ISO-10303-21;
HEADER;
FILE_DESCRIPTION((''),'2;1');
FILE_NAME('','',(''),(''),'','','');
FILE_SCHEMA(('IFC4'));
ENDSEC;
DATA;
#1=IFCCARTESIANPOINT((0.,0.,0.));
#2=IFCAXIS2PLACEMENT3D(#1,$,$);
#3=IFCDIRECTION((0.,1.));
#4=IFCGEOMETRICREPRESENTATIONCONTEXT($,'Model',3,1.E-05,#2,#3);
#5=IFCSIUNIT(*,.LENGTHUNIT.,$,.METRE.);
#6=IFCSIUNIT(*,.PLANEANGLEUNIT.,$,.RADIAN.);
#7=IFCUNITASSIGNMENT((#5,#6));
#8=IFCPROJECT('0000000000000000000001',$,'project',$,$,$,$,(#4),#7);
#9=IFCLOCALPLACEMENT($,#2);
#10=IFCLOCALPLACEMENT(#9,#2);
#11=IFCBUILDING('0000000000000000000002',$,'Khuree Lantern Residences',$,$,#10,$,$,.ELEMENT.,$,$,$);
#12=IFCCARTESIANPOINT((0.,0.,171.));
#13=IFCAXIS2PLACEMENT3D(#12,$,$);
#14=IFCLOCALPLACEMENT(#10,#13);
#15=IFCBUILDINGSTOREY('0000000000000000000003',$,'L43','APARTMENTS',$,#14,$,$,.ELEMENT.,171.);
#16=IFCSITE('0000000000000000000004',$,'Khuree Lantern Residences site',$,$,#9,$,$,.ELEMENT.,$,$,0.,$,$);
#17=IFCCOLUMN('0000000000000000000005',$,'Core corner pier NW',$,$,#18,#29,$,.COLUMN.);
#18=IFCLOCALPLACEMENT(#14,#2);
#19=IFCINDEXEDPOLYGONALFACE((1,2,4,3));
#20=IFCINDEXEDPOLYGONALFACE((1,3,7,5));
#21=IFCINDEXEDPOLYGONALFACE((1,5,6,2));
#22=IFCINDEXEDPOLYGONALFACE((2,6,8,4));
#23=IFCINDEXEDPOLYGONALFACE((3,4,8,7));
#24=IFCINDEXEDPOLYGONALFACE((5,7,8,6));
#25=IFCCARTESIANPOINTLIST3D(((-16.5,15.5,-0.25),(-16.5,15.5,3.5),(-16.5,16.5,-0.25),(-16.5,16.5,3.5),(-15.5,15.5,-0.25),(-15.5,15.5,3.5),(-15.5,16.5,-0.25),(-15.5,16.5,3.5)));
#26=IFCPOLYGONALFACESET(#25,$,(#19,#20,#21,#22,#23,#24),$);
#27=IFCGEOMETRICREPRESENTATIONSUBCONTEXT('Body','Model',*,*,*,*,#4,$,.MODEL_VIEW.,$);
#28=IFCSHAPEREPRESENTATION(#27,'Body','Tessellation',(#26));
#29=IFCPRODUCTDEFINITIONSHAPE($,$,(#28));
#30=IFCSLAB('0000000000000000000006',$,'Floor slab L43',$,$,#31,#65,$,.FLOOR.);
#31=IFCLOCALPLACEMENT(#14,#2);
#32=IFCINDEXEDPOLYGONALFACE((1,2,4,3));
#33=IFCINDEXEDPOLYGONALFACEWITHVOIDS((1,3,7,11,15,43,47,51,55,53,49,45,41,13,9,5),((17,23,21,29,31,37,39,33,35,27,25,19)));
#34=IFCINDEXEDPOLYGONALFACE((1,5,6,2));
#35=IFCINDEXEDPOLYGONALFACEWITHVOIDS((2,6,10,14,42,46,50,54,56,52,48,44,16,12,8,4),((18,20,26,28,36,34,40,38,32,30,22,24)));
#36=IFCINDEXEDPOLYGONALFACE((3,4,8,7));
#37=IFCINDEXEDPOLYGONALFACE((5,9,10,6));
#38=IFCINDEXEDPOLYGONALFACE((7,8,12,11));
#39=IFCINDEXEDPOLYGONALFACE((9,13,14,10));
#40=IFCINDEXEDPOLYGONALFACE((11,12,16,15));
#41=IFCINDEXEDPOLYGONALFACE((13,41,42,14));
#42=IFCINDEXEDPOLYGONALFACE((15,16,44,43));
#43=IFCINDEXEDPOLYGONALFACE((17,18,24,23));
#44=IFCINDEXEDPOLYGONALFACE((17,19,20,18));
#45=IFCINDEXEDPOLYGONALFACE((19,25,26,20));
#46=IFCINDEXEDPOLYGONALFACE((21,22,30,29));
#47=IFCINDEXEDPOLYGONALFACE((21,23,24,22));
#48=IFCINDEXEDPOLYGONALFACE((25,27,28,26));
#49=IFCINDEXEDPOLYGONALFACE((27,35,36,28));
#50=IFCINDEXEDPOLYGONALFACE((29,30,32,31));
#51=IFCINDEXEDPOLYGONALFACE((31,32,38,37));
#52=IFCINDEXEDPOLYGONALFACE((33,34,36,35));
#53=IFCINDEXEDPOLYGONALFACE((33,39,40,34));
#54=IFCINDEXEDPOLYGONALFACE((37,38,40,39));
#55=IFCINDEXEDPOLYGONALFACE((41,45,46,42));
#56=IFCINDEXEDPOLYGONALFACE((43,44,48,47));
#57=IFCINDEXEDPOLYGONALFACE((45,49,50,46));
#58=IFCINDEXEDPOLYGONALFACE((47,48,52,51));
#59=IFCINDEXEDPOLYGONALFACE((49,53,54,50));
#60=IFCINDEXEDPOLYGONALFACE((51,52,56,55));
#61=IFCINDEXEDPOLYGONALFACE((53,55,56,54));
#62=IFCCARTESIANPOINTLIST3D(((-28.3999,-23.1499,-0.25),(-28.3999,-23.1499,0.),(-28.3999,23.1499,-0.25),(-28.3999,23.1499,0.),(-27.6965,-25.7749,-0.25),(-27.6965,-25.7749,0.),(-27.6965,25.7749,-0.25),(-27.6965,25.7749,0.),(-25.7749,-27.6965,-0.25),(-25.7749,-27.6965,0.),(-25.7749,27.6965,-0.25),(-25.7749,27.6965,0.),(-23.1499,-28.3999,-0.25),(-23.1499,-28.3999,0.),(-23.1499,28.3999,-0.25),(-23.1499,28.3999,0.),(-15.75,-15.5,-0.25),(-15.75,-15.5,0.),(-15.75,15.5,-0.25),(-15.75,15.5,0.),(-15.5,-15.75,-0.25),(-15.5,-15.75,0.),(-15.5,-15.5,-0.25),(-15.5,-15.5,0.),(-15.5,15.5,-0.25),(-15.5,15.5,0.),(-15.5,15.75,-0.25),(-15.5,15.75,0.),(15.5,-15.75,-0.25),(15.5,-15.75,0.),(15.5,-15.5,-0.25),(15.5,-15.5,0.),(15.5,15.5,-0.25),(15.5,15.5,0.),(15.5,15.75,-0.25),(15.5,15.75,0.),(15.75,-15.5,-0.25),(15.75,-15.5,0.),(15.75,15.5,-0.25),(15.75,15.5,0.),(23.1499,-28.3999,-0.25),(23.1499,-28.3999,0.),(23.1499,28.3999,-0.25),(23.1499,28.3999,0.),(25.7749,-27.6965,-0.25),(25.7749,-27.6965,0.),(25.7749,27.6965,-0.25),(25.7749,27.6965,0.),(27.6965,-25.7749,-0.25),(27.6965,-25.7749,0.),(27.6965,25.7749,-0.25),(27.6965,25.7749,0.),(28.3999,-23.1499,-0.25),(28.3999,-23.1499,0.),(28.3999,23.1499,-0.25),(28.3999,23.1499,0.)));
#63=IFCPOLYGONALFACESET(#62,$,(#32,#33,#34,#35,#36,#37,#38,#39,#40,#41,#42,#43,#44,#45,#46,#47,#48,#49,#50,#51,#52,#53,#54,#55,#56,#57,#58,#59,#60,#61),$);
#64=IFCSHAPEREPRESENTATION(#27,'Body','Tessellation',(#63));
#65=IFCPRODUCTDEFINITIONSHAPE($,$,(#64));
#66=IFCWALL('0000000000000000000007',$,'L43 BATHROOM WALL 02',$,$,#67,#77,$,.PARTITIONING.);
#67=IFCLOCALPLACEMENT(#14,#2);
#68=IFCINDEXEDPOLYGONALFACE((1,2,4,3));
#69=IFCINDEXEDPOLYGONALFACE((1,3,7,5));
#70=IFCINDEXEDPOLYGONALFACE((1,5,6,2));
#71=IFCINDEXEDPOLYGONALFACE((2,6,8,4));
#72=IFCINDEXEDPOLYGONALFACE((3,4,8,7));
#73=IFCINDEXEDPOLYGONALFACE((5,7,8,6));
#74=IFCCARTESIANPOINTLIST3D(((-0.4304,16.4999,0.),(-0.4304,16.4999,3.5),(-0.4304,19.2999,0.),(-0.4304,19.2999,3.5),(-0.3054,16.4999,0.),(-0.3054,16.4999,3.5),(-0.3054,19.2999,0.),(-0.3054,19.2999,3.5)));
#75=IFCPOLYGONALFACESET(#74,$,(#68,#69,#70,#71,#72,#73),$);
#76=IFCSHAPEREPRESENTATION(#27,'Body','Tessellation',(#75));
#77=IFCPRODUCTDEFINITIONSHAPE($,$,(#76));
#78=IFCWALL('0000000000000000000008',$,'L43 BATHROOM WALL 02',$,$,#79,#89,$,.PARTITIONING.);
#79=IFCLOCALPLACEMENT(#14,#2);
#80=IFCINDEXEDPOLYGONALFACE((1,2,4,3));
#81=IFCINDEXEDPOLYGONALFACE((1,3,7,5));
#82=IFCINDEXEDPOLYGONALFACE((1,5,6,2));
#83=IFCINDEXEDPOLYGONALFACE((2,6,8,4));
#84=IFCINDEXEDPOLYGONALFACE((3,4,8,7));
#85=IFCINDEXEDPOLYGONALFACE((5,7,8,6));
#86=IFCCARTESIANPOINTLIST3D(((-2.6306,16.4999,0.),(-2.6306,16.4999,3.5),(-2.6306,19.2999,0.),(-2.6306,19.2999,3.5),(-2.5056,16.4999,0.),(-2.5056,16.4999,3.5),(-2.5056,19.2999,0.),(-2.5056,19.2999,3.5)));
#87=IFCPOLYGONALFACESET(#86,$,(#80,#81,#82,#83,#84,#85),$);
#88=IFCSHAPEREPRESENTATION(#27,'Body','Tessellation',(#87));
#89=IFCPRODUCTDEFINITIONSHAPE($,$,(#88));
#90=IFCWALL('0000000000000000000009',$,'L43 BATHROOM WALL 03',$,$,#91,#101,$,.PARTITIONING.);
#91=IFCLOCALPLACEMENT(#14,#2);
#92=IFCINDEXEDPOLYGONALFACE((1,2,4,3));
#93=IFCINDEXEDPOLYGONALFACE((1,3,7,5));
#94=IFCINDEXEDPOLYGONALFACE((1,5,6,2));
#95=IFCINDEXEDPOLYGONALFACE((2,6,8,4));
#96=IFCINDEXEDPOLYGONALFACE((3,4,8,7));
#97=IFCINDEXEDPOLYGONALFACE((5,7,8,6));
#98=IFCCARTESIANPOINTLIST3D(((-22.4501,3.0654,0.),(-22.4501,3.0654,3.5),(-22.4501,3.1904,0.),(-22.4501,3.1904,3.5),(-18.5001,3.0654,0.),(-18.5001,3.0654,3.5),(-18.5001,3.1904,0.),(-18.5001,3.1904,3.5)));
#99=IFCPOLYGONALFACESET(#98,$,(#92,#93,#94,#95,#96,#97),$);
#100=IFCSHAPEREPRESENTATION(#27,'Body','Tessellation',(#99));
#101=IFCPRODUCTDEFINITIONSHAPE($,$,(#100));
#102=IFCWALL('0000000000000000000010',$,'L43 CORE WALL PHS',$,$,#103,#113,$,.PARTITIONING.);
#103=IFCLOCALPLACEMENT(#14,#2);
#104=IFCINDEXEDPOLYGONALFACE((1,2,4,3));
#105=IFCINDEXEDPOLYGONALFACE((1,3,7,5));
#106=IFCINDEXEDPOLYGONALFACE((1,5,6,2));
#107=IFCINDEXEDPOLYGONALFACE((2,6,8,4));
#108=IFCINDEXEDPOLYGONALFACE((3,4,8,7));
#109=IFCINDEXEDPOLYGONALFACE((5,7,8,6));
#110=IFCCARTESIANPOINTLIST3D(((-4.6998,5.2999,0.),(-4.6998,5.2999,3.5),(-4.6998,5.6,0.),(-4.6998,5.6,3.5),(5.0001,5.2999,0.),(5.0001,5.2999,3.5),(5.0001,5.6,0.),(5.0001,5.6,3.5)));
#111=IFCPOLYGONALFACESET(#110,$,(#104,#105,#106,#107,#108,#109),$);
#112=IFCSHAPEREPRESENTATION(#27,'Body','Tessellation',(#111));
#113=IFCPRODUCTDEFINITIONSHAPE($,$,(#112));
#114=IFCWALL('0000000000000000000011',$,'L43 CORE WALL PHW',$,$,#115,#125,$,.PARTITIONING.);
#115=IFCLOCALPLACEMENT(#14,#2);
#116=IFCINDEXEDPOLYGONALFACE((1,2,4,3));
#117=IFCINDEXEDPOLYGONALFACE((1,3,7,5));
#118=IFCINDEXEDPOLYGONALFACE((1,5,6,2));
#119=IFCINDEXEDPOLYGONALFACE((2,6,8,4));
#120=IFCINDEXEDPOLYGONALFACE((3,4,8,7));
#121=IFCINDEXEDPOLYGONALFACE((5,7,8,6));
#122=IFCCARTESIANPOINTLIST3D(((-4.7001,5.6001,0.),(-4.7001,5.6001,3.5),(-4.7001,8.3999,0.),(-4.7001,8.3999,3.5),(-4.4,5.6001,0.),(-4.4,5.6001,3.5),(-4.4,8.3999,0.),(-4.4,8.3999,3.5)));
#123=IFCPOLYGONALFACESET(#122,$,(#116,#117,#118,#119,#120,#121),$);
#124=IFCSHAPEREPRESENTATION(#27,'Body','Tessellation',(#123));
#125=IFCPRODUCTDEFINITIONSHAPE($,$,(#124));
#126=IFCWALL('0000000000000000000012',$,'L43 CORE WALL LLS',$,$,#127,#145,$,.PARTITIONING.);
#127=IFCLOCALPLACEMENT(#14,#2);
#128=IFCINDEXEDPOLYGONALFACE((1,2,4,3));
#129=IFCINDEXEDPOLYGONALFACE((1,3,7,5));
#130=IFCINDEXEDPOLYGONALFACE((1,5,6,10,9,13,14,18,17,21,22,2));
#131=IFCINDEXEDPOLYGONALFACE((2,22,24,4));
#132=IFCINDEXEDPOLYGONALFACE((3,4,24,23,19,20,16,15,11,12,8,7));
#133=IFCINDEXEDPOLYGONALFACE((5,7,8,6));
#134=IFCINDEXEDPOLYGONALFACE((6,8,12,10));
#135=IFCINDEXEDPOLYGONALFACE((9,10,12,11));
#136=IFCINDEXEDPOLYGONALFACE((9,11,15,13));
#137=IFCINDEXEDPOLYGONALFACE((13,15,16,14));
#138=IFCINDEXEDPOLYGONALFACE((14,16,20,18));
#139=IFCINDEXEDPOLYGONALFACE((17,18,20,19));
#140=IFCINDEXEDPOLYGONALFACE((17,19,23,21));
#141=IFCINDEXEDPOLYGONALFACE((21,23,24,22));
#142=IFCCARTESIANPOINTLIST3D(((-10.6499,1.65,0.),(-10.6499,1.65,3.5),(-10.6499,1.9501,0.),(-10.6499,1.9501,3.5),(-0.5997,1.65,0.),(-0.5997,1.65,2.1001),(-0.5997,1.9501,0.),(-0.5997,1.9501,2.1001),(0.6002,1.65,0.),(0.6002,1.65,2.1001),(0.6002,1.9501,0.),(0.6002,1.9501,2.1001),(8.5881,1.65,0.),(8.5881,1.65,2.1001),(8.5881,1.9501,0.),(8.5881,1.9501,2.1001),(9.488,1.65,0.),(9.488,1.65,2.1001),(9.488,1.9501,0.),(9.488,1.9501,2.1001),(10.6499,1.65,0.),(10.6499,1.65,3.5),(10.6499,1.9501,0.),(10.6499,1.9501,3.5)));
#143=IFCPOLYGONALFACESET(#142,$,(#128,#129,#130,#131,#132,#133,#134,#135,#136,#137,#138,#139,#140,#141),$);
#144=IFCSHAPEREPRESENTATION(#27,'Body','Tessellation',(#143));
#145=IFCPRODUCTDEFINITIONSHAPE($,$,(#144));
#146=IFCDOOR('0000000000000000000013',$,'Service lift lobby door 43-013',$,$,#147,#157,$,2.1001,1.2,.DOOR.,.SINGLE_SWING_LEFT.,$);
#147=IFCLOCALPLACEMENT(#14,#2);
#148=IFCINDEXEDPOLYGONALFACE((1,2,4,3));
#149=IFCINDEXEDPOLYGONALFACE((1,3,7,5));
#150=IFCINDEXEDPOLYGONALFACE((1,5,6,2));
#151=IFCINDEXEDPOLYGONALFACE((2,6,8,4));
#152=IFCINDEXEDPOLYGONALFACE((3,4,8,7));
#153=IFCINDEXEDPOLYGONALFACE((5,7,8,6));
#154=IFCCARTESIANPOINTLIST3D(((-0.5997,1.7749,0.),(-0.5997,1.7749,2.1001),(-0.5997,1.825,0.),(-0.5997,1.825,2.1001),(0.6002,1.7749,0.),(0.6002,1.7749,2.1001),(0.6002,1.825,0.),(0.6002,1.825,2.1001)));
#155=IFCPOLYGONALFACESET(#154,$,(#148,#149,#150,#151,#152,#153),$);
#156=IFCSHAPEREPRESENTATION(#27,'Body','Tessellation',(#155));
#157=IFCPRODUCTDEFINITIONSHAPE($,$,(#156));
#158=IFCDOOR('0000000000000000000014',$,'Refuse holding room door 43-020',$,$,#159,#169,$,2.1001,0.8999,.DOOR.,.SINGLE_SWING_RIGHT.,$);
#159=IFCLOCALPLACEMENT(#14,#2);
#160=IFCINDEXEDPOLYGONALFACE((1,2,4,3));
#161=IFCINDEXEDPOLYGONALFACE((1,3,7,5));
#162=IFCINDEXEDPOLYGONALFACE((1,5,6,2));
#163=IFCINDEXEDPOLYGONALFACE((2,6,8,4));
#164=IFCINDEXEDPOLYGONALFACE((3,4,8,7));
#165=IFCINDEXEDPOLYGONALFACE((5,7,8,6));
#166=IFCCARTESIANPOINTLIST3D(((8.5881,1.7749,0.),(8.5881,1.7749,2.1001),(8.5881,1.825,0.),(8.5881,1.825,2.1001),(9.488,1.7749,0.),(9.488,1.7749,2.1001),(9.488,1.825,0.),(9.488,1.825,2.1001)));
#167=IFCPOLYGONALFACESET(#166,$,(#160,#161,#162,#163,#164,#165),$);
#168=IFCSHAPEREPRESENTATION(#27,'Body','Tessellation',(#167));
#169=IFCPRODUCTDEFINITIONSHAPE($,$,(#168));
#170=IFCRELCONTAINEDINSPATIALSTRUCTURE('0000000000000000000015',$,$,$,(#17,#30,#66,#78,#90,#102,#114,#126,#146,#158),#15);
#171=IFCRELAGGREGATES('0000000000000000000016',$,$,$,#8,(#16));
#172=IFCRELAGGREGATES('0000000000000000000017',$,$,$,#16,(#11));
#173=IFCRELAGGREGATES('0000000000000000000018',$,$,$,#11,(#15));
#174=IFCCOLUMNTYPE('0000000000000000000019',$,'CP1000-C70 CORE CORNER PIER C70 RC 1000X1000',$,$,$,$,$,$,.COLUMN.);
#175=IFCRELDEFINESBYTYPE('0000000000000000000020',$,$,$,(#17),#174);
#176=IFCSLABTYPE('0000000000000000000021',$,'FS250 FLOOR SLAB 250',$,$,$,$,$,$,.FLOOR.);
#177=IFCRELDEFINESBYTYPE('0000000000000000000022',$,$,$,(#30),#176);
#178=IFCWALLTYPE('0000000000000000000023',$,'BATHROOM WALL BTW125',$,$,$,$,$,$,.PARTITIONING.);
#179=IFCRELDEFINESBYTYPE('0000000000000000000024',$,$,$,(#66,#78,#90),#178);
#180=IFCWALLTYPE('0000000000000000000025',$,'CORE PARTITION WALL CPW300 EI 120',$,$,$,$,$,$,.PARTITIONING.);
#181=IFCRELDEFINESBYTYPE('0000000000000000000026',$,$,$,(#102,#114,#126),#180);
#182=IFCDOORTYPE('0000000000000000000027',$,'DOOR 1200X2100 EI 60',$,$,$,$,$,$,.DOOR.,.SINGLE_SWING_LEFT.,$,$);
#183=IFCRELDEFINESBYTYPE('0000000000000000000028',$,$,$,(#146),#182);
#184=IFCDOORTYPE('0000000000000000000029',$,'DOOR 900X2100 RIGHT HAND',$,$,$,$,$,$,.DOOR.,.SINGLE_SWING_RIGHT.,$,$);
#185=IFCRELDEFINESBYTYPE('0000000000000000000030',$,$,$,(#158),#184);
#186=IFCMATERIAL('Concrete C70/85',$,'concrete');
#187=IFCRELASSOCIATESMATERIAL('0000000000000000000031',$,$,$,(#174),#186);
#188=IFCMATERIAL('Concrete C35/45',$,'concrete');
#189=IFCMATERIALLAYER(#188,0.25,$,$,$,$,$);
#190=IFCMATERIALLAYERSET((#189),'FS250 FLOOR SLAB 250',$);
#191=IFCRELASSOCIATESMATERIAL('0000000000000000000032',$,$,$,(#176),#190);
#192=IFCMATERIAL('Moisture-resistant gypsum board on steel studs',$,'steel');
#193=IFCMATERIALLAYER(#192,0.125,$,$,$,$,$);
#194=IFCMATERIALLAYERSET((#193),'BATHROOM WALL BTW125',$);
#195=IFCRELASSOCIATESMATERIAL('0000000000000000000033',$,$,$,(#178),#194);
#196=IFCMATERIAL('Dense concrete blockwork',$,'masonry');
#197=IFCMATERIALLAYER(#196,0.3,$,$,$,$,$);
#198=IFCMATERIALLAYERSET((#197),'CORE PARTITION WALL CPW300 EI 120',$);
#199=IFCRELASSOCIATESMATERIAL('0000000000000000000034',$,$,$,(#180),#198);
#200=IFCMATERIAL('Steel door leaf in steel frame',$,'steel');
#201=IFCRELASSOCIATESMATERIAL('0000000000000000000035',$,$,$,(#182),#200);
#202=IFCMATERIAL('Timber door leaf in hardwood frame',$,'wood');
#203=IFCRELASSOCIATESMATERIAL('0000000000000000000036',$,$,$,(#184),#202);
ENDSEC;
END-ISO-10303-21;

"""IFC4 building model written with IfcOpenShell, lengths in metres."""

from ifc_helpers import new_model, si_unit, direction, frame, frame_2d, origin, origin_2d, place, context, subcontext, project, spatial, polyline, rectangle, outline, extrude, material, layer, layer_set, material_profile, profile_set, type_object, element, fill, save


model = new_model("IFC4")

# Units and contexts
model_context = context("Model", 3, precision=1e-05, world=origin(), true_north=direction((0.0, 1.0)))
body_context = subcontext(model_context, "Body", "Model", "MODEL_VIEW")
ifc_project = project(units=[si_unit("LENGTHUNIT", "METRE"), si_unit("PLANEANGLEUNIT", "RADIAN")], contexts=[model_context])

# Site, building, storey
site_placement = place(None, origin())
site = spatial("IfcSite", under=ifc_project, at=site_placement, Name="Khuree Lantern Residences site", CompositionType="ELEMENT", RefElevation=0.0)
building_placement = place(site_placement, origin())
building = spatial("IfcBuilding", under=site, at=building_placement, Name="Khuree Lantern Residences", CompositionType="ELEMENT")
storey_placement = place(building_placement, frame((0.0, 0.0, 171.0)))
storey = spatial("IfcBuildingStorey", under=building, at=storey_placement, Name="L43", Description="APARTMENTS", CompositionType="ELEMENT", Elevation=171.0)

# Column
ifc_material_1 = material(Name="Concrete C70/85", Category="concrete")
ifc_material_profile = material_profile(ifc_material_1, rectangle(XDim=1.0, YDim=1.0, at=origin_2d()), Name="RC 1000X1000")
ifc_profile_set = profile_set([ifc_material_profile], Name="Concrete C70/85")
column_type = type_object("IfcColumnType", Name="CP1000-C70 CORE CORNER PIER C70 RC 1000X1000", PredefinedType="COLUMN", material=ifc_profile_set)
column_placement = place(storey_placement, frame((-16.0, 16.0, -0.25), z_axis=(0.0, 0.0, 1.0), x_axis=(1.0, 0.0, 0.0)))
element("IfcColumn", 1, at=column_placement, inside=storey, type_object=column_type, Name="Core corner pier NW", PredefinedType="COLUMN", context=body_context, shape_type="SweptSolid", body=[
    extrude(rectangle(XDim=1.0, YDim=1.0, at=origin_2d()), origin(), (0.0, 0.0, 1.0), 3.75),
])

# Slab
ifc_material_2 = material(Name="Concrete C35/45", Category="concrete")
ifc_layer_1 = layer(ifc_material_2, 0.25)
ifc_layer_set_1 = layer_set([ifc_layer_1], Name="FS250 FLOOR SLAB 250")
slab_type = type_object("IfcSlabType", Name="FS250 FLOOR SLAB 250", PredefinedType="FLOOR", material=ifc_layer_set_1)
slab_placement = place(storey_placement, frame((0.0, 0.0, -0.25)))
element("IfcSlab", 2, at=slab_placement, inside=storey, type_object=slab_type, Name="Floor slab L43", PredefinedType="FLOOR", context=body_context, shape_type="SweptSolid", body=[
    extrude(outline(polyline([(-25.7749, -27.6965), (-27.6965, -25.7749), (-28.3999, -23.1499), (-28.3999, 23.1499), (-27.6965, 25.7749), (-25.7749, 27.6965), (-23.1499, 28.3999), (23.1499, 28.3999), (25.7749, 27.6965), (27.6965, 25.7749), (28.3999, 23.1499), (28.3999, -23.1499), (27.6965, -25.7749), (25.7749, -27.6965), (23.1499, -28.3999), (-23.1499, -28.3999), (-25.7749, -27.6965)]), holes=[polyline([(15.75, 15.5), (15.5, 15.5), (15.5, 15.75), (-15.5, 15.75), (-15.5, 15.5), (-15.75, 15.5), (-15.75, -15.5), (-15.5, -15.5), (-15.5, -15.75), (15.5, -15.75), (15.5, -15.5), (15.75, -15.5), (15.75, 15.5)])]), origin(), (0.0, 0.0, 1.0), 0.25),
])

# Walls
ifc_material_3 = material(Name="Moisture-resistant gypsum board on steel studs", Category="steel")
ifc_layer_2 = layer(ifc_material_3, 0.125)
ifc_layer_set_2 = layer_set([ifc_layer_2], Name="BATHROOM WALL BTW125")
wall_type_1 = type_object("IfcWallType", Name="BATHROOM WALL BTW125", PredefinedType="PARTITIONING", material=ifc_layer_set_2)
for number, where, z_axis, x_axis, name in (
    (3, (-0.3679, 16.5, 0.0), (0.0, 0.0, 1.0), (0.0, 1.0, 0.0), "L43 BATHROOM WALL 02"),
    (4, (-2.5681, 16.5, 0.0), (0.0, 0.0, 1.0), (0.0, 1.0, 0.0), "L43 BATHROOM WALL 02"),
):
    element("IfcWall", number, at=place(storey_placement, frame(where, z_axis=z_axis, x_axis=x_axis)), inside=storey, type_object=wall_type_1, Name=name, PredefinedType="PARTITIONING", context=body_context, shape_type="SweptSolid", body=[
        extrude(rectangle(XDim=2.8, YDim=0.125, at=frame_2d((1.3999, 0.0))), origin(), (0.0, 0.0, 1.0), 3.5),
    ])
wall_1_placement = place(storey_placement, frame((-18.5, 3.1279, 0.0), z_axis=(0.0, 0.0, 1.0), x_axis=(-1.0, 0.0, 0.0)))
element("IfcWall", 5, at=wall_1_placement, inside=storey, type_object=wall_type_1, Name="L43 BATHROOM WALL 03", PredefinedType="PARTITIONING", context=body_context, shape_type="SweptSolid", body=[
    extrude(rectangle(XDim=3.95, YDim=0.125, at=frame_2d((1.9751, 0.0))), origin(), (0.0, 0.0, 1.0), 3.5),
])
ifc_material_4 = material(Name="Dense concrete blockwork", Category="masonry")
ifc_layer_3 = layer(ifc_material_4, 0.3)
ifc_layer_set_3 = layer_set([ifc_layer_3], Name="CORE PARTITION WALL CPW300 EI 120")
wall_type_2 = type_object("IfcWallType", Name="CORE PARTITION WALL CPW300 EI 120", PredefinedType="PARTITIONING", material=ifc_layer_set_3)
wall_2_placement = place(storey_placement, frame((-4.7, 5.45, 0.0), z_axis=(0.0, 0.0, 1.0), x_axis=(1.0, 0.0, 0.0)))
element("IfcWall", 6, at=wall_2_placement, inside=storey, type_object=wall_type_2, Name="L43 CORE WALL PHS", PredefinedType="PARTITIONING", context=body_context, shape_type="SweptSolid", body=[
    extrude(rectangle(XDim=9.7, YDim=0.3, at=frame_2d((4.8501, 0.0))), origin(), (0.0, 0.0, 1.0), 3.5),
])
wall_3_placement = place(storey_placement, frame((-4.55, 5.6001, 0.0), z_axis=(0.0, 0.0, 1.0), x_axis=(0.0, 1.0, 0.0)))
element("IfcWall", 7, at=wall_3_placement, inside=storey, type_object=wall_type_2, Name="L43 CORE WALL PHW", PredefinedType="PARTITIONING", context=body_context, shape_type="SweptSolid", body=[
    extrude(rectangle(XDim=2.7998, YDim=0.3, at=frame_2d((1.3999, 0.0))), origin(), (0.0, 0.0, 1.0), 3.5),
])

# Wall, openings, doors
wall_4_placement = place(storey_placement, frame((-10.6499, 1.8, 0.0), z_axis=(0.0, 0.0, 1.0), x_axis=(1.0, 0.0, 0.0)))
wall_4 = element("IfcWall", 8, at=wall_4_placement, inside=storey, type_object=wall_type_2, Name="L43 CORE WALL LLS", PredefinedType="PARTITIONING", context=body_context, shape_type="SweptSolid", body=[
    extrude(rectangle(XDim=21.2998, YDim=0.3, at=frame_2d((10.6499, 0.0))), origin(), (0.0, 0.0, 1.0), 3.5),
])
opening_1_placement = place(wall_4_placement, frame((10.05, 0.0, 0.0)))
opening_1 = element("IfcOpeningElement", 9, at=opening_1_placement, cuts=wall_4, PredefinedType="OPENING", context=body_context, shape_type="SweptSolid", body=[
    extrude(rectangle(XDim=1.2, YDim=2.1001, at=frame_2d((0.6001, 1.05))), frame((0.0, 0.1602, 0.0), z_axis=(0.0, -1.0, 0.0), x_axis=(1.0, 0.0, 0.0)), (0.0, 0.0, 1.0), 0.3201),
])
opening_2_placement = place(wall_4_placement, frame((19.238, 0.0, 0.0)))
opening_2 = element("IfcOpeningElement", 10, at=opening_2_placement, cuts=wall_4, PredefinedType="OPENING", context=body_context, shape_type="SweptSolid", body=[
    extrude(rectangle(XDim=0.8999, YDim=2.1001, at=frame_2d((0.45, 1.05))), frame((0.0, 0.1602, 0.0), z_axis=(0.0, -1.0, 0.0), x_axis=(1.0, 0.0, 0.0)), (0.0, 0.0, 1.0), 0.3201),
])
ifc_material_5 = material(Name="Steel door leaf in steel frame", Category="steel")
door_type_1 = type_object("IfcDoorType", Name="DOOR 1200X2100 EI 60", OperationType="SINGLE_SWING_LEFT", PredefinedType="DOOR", material=ifc_material_5)
door_1_placement = place(opening_1_placement, origin())
door_1 = element("IfcDoor", 11, at=door_1_placement, inside=storey, type_object=door_type_1, Name="Service lift lobby door 43-013", OperationType="SINGLE_SWING_LEFT", OverallHeight=2.1001, OverallWidth=1.2, PredefinedType="DOOR", context=body_context, shape_type="SweptSolid", body=[
    extrude(rectangle(XDim=1.2, YDim=2.1001, at=frame_2d((0.6001, 1.05))), frame((0.0, 0.0249, 0.0), z_axis=(0.0, -1.0, 0.0), x_axis=(1.0, 0.0, 0.0)), (0.0, 0.0, 1.0), 0.05),
])
fill(opening_1, door_1)
ifc_material_6 = material(Name="Timber door leaf in hardwood frame", Category="wood")
door_type_2 = type_object("IfcDoorType", Name="DOOR 900X2100 RIGHT HAND", OperationType="SINGLE_SWING_RIGHT", PredefinedType="DOOR", material=ifc_material_6)
door_2_placement = place(opening_2_placement, origin())
door_2 = element("IfcDoor", 12, at=door_2_placement, inside=storey, type_object=door_type_2, Name="Refuse holding room door 43-020", OperationType="SINGLE_SWING_RIGHT", OverallHeight=2.1001, OverallWidth=0.8999, PredefinedType="DOOR", context=body_context, shape_type="SweptSolid", body=[
    extrude(rectangle(XDim=0.8999, YDim=2.1001, at=frame_2d((0.45, 1.05))), frame((0.0, 0.0249, 0.0), z_axis=(0.0, -1.0, 0.0), x_axis=(1.0, 0.0, 0.0)), (0.0, 0.0, 1.0), 0.05),
])
fill(opening_2, door_2)

save(model, "model.ifc")
